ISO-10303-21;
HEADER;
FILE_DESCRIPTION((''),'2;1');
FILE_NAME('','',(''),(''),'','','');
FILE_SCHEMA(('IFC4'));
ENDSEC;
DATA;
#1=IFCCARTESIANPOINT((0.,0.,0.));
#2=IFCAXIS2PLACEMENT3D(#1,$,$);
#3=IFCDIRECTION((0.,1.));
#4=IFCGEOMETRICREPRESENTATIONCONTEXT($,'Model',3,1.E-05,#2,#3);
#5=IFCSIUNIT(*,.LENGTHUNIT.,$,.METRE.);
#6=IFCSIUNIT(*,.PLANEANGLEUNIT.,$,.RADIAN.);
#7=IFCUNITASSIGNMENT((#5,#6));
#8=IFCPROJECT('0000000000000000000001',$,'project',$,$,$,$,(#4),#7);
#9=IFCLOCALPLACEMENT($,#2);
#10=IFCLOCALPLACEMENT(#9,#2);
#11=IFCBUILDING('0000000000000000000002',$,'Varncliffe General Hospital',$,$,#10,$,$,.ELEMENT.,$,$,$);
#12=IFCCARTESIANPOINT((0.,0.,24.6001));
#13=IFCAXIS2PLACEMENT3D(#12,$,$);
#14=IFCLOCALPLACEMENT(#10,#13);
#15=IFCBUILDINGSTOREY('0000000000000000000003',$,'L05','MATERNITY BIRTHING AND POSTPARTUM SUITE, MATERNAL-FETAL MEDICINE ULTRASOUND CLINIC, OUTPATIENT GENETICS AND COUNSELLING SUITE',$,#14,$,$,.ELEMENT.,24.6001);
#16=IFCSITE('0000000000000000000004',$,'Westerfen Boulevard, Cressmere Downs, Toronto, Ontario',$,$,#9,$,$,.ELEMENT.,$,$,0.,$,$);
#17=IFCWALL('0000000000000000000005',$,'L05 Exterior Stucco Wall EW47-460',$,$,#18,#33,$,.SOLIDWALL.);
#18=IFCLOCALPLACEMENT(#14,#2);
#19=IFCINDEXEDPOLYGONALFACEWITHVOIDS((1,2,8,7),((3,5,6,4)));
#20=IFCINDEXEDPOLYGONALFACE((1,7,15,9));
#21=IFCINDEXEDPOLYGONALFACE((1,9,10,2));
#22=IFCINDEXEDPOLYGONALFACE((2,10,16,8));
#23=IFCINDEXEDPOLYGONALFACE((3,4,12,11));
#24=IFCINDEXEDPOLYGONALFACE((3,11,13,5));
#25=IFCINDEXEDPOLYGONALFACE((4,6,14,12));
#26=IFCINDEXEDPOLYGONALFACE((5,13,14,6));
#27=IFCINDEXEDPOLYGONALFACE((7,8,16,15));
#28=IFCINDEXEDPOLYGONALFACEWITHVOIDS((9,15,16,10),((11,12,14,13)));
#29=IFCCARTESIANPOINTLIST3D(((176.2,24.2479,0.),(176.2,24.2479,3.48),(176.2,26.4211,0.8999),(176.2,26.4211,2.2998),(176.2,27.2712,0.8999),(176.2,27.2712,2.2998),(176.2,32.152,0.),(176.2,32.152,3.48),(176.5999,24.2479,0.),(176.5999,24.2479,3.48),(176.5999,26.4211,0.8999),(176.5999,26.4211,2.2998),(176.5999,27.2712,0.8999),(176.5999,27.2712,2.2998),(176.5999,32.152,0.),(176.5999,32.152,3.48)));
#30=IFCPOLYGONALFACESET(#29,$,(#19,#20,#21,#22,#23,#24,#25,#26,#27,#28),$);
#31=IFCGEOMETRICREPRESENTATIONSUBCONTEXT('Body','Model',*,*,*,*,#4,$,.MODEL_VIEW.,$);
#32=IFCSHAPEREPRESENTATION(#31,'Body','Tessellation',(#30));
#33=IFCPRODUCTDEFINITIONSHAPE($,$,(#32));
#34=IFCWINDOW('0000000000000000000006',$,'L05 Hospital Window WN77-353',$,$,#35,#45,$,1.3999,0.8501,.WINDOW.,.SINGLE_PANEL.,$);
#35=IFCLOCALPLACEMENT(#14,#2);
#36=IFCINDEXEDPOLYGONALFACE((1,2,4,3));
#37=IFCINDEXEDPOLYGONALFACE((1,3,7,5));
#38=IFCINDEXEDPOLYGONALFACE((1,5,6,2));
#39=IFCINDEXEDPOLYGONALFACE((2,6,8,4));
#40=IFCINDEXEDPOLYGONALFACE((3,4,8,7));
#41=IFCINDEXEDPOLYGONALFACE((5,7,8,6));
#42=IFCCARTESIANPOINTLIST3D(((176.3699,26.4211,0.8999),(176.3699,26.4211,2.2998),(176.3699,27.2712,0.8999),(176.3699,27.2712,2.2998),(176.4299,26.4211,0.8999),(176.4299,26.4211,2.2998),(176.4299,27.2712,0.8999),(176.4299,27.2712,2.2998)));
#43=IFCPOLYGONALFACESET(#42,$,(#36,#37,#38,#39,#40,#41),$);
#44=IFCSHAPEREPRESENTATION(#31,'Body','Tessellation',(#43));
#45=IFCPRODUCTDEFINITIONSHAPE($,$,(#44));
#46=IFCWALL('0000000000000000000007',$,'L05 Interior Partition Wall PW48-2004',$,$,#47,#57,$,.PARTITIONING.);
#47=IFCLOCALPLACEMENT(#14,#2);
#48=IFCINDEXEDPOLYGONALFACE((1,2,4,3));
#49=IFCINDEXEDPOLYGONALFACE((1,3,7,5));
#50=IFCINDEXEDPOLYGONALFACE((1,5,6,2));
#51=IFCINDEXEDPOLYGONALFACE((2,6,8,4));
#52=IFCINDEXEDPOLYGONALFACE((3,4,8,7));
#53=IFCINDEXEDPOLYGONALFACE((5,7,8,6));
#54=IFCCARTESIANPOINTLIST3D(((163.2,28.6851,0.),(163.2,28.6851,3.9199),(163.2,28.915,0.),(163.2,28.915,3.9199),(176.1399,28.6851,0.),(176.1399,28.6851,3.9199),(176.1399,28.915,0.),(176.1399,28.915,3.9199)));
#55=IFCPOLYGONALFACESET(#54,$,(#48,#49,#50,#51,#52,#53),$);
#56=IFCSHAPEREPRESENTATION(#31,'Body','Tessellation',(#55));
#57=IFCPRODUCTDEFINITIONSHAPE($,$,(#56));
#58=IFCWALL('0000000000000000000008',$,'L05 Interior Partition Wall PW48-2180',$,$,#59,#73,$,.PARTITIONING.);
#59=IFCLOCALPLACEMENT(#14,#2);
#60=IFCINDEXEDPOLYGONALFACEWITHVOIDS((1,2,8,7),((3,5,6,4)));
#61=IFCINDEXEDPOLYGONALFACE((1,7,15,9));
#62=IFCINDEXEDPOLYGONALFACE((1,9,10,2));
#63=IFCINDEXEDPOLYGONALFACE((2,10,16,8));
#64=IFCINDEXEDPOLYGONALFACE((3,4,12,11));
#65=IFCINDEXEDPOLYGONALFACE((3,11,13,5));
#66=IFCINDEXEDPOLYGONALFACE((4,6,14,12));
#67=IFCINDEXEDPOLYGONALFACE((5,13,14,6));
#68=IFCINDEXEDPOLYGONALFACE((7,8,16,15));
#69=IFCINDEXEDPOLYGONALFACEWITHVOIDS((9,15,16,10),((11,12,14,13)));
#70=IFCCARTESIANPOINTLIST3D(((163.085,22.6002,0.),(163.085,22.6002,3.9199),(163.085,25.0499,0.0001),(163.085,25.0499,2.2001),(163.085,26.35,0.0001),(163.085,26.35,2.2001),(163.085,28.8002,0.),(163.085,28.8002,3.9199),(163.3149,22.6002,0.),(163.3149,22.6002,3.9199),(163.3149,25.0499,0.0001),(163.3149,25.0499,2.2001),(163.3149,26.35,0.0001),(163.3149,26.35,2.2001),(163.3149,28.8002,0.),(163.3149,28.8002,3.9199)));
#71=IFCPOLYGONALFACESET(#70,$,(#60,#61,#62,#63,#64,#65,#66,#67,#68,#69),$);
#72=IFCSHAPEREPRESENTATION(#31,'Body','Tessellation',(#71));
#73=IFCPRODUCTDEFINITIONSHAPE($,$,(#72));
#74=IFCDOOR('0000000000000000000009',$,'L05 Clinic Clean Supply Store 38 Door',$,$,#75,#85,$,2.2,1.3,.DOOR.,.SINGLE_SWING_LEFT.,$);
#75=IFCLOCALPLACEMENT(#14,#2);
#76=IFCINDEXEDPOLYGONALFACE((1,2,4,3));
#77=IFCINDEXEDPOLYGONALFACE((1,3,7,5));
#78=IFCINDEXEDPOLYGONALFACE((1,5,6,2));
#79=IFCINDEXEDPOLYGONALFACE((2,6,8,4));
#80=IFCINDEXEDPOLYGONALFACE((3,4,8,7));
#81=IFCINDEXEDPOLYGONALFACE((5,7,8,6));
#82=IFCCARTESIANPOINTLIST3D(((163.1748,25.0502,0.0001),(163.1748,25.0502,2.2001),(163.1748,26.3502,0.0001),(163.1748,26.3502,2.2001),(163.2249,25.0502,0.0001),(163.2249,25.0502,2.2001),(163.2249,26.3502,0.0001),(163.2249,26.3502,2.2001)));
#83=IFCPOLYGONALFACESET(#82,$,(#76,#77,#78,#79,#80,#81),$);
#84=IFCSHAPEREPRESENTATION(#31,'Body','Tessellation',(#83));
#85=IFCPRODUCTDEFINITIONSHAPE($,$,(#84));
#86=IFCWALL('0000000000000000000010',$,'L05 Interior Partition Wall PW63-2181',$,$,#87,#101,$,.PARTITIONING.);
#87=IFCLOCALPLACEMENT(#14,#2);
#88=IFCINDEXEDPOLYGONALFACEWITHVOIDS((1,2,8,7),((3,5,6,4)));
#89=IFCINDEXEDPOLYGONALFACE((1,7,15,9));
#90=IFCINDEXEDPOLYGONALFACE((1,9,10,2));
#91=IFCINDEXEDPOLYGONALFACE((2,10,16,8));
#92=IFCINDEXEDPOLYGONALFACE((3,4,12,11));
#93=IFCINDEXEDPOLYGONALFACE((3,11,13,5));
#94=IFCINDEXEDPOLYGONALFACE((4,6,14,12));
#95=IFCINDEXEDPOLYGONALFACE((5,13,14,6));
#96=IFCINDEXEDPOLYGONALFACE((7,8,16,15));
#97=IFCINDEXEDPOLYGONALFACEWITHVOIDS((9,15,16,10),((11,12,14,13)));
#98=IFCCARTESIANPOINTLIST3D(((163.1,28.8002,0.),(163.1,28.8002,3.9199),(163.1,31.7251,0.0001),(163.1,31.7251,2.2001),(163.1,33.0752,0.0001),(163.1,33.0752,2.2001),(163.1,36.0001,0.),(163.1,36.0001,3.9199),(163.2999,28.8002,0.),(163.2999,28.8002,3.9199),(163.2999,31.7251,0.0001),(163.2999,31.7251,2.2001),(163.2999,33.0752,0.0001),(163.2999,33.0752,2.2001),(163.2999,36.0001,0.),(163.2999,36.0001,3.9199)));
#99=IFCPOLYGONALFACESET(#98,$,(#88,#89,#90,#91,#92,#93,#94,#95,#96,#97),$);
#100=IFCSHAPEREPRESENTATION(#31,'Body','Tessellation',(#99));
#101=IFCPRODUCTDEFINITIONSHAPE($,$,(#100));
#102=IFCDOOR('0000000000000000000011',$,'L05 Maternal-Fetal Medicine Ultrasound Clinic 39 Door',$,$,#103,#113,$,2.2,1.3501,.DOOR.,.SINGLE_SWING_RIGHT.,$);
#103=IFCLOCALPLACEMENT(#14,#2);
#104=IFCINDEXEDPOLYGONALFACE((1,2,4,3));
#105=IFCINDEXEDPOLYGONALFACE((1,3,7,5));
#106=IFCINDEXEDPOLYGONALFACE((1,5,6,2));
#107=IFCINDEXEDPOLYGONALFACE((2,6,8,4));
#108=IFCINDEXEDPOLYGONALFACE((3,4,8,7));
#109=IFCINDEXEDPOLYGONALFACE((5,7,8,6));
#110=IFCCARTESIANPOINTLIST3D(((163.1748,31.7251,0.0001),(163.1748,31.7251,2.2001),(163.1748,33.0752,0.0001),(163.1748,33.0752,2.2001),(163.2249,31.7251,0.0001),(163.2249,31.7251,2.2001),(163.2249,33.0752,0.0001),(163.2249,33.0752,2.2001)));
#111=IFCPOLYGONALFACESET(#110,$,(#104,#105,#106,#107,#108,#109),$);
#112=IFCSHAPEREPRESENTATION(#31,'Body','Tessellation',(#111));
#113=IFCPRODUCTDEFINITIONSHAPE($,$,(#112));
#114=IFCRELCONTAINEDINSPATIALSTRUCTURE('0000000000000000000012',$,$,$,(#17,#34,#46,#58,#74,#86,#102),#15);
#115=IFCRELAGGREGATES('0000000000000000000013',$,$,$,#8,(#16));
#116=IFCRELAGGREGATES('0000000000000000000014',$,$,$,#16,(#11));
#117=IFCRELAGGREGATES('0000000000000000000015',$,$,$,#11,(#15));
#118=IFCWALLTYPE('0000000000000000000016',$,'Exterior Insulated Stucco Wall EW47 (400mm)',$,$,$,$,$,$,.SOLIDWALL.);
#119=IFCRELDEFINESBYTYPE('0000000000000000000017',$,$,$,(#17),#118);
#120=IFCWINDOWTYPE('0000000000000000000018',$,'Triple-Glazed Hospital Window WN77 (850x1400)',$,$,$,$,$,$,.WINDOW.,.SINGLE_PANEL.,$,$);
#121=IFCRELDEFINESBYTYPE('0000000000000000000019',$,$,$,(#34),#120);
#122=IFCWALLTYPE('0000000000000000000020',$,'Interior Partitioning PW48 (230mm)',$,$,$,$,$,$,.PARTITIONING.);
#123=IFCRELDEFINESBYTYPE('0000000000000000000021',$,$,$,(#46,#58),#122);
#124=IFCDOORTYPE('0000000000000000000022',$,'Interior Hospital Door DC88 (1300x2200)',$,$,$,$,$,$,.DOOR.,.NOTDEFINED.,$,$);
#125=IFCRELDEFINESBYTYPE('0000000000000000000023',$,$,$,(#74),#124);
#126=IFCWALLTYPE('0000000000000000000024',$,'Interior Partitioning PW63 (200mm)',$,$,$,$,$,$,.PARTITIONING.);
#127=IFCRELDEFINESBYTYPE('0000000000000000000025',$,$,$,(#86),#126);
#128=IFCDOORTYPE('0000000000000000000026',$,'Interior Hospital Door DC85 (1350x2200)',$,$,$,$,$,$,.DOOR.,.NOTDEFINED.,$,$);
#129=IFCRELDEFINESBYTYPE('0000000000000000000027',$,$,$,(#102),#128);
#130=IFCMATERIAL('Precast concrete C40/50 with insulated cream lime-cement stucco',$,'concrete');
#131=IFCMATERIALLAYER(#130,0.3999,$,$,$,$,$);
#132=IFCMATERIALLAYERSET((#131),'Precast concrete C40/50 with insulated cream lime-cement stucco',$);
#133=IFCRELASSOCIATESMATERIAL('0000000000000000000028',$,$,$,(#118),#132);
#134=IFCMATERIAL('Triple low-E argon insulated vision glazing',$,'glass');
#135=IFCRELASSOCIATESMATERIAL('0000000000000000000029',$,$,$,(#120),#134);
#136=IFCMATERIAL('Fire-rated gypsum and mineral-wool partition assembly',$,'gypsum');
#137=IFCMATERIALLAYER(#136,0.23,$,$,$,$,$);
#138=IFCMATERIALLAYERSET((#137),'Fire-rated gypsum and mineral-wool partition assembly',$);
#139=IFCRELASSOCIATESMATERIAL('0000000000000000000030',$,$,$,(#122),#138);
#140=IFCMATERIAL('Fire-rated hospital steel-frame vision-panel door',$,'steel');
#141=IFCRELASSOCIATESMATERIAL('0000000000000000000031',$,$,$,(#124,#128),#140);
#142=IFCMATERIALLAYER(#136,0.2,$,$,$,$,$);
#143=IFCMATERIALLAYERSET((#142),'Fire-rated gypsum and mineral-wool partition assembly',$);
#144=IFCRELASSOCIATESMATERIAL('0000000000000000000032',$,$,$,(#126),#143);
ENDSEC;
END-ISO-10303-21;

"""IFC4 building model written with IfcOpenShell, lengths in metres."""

from ifc_helpers import new_model, si_unit, direction, frame, frame_2d, origin, place, context, subcontext, project, spatial, rectangle, extrude, material, layer, layer_set, type_object, element, fill, save


model = new_model("IFC4")

# Units and contexts
model_context = context("Model", 3, precision=1e-05, world=origin(), true_north=direction((0.0, 1.0)))
body_context = subcontext(model_context, "Body", "Model", "MODEL_VIEW")
ifc_project = project(units=[si_unit("LENGTHUNIT", "METRE"), si_unit("PLANEANGLEUNIT", "RADIAN")], contexts=[model_context])

# Site, building, storey
site_placement = place(None, origin())
site = spatial("IfcSite", under=ifc_project, at=site_placement, Name="Westerfen Boulevard, Cressmere Downs, Toronto, Ontario", CompositionType="ELEMENT", RefElevation=0.0)
building_placement = place(site_placement, origin())
building = spatial("IfcBuilding", under=site, at=building_placement, Name="Varncliffe General Hospital", CompositionType="ELEMENT")
storey_placement = place(building_placement, frame((0.0, 0.0, 24.6001)))
storey = spatial("IfcBuildingStorey", under=building, at=storey_placement, Name="L05", Description="MATERNITY BIRTHING AND POSTPARTUM SUITE, MATERNAL-FETAL MEDICINE ULTRASOUND CLINIC, OUTPATIENT GENETICS AND COUNSELLING SUITE", CompositionType="ELEMENT", Elevation=24.6001)

# Wall, opening, window
ifc_material_1 = material(Name="Precast concrete C40/50 with insulated cream lime-cement stucco", Category="concrete")
ifc_material_2 = material(Name="Triple low-E argon insulated vision glazing", Category="glass")
ifc_layer_1 = layer(ifc_material_1, 0.3999)
ifc_layer_set_1 = layer_set([ifc_layer_1], Name="Precast concrete C40/50 with insulated cream lime-cement stucco")
wall_type_1 = type_object("IfcWallType", Name="Exterior Insulated Stucco Wall EW47 (400mm)", PredefinedType="SOLIDWALL", material=ifc_layer_set_1)
wall_1_placement = place(storey_placement, frame((176.3999, 32.1521, 0.0), z_axis=(0.0, 0.0, 1.0), x_axis=(0.0, -1.0, 0.0)))
wall_1 = element("IfcWall", 1, at=wall_1_placement, inside=storey, type_object=wall_type_1, Name="L05 Exterior Stucco Wall EW47-460", PredefinedType="SOLIDWALL", context=body_context, shape_type="SweptSolid", body=[
    extrude(rectangle(XDim=7.9041, YDim=0.3999, at=frame_2d((3.9521, 0.0))), origin(), (0.0, 0.0, 1.0), 3.48),
])
opening_1_placement = place(wall_1_placement, frame((4.8809, 0.0, 0.8999)))
opening_1 = element("IfcOpeningElement", 2, at=opening_1_placement, cuts=wall_1, PredefinedType="OPENING", context=body_context, shape_type="SweptSolid", body=[
    extrude(rectangle(XDim=0.8501, YDim=1.3999, at=frame_2d((0.425, 0.7))), frame((0.0, 0.21, 0.0), z_axis=(0.0, -1.0, 0.0), x_axis=(1.0, 0.0, 0.0)), (0.0, 0.0, 1.0), 0.4199),
])
window_type_1 = type_object("IfcWindowType", Name="Triple-Glazed Hospital Window WN77 (850x1400)", PartitioningType="SINGLE_PANEL", PredefinedType="WINDOW", material=ifc_material_2)
window_1_placement = place(opening_1_placement, origin())
window_1 = element("IfcWindow", 3, at=window_1_placement, inside=storey, type_object=window_type_1, Name="L05 Hospital Window WN77-353", OverallHeight=1.3999, OverallWidth=0.8501, PartitioningType="SINGLE_PANEL", PredefinedType="WINDOW", context=body_context, shape_type="SweptSolid", body=[
    extrude(rectangle(XDim=0.8501, YDim=1.3999, at=frame_2d((0.425, 0.7))), frame((0.0, 0.03, 0.0), z_axis=(0.0, -1.0, 0.0), x_axis=(1.0, 0.0, 0.0)), (0.0, 0.0, 1.0), 0.0601),
])
fill(opening_1, window_1)

# Wall
ifc_material_3 = material(Name="Fire-rated gypsum and mineral-wool partition assembly", Category="gypsum")
ifc_layer_2 = layer(ifc_material_3, 0.23)
ifc_layer_set_2 = layer_set([ifc_layer_2], Name="Fire-rated gypsum and mineral-wool partition assembly")
wall_type_2 = type_object("IfcWallType", Name="Interior Partitioning PW48 (230mm)", PredefinedType="PARTITIONING", material=ifc_layer_set_2)
wall_2_placement = place(storey_placement, frame((163.2, 28.8, 0.0), z_axis=(0.0, 0.0, 1.0), x_axis=(1.0, 0.0, 0.0)))
element("IfcWall", 4, at=wall_2_placement, inside=storey, type_object=wall_type_2, Name="L05 Interior Partition Wall PW48-2004", PredefinedType="PARTITIONING", context=body_context, shape_type="SweptSolid", body=[
    extrude(rectangle(XDim=12.9399, YDim=0.23, at=frame_2d((6.47, 0.0))), origin(), (0.0, 0.0, 1.0), 3.9199),
])

# Walls, openings, doors
wall_3_placement = place(storey_placement, frame((163.2, 22.6001, 0.0), z_axis=(0.0, 0.0, 1.0), x_axis=(0.0, 1.0, 0.0)))
wall_3 = element("IfcWall", 5, at=wall_3_placement, inside=storey, type_object=wall_type_2, Name="L05 Interior Partition Wall PW48-2180", PredefinedType="PARTITIONING", context=body_context, shape_type="SweptSolid", body=[
    extrude(rectangle(XDim=6.2, YDim=0.23, at=frame_2d((3.1001, 0.0))), origin(), (0.0, 0.0, 1.0), 3.9199),
])
opening_2_placement = place(wall_3_placement, frame((2.45, 0.0, 0.0)))
opening_2 = element("IfcOpeningElement", 6, at=opening_2_placement, cuts=wall_3, PredefinedType="OPENING", context=body_context, shape_type="SweptSolid", body=[
    extrude(rectangle(XDim=1.3, YDim=2.2, at=frame_2d((0.6499, 1.1001))), frame((0.0, 0.125, 0.0), z_axis=(0.0, -1.0, 0.0), x_axis=(1.0, 0.0, 0.0)), (0.0, 0.0, 1.0), 0.25),
])
ifc_material_4 = material(Name="Fire-rated hospital steel-frame vision-panel door", Category="steel")
door_type_1 = type_object("IfcDoorType", Name="Interior Hospital Door DC88 (1300x2200)", OperationType="NOTDEFINED", PredefinedType="DOOR", material=ifc_material_4)
door_1_placement = place(opening_2_placement, frame((1.3, 0.0, 0.0), z_axis=(0.0, 0.0, 1.0), x_axis=(-1.0, 0.0, 0.0)))
door_1 = element("IfcDoor", 7, at=door_1_placement, inside=storey, type_object=door_type_1, Name="L05 Clinic Clean Supply Store 38 Door", OperationType="SINGLE_SWING_LEFT", OverallHeight=2.2, OverallWidth=1.3, PredefinedType="DOOR", context=body_context, shape_type="SweptSolid", body=[
    extrude(rectangle(XDim=1.3, YDim=2.2, at=frame_2d((0.6499, 1.1001))), frame((0.0, 0.0249, 0.0), z_axis=(0.0, -1.0, 0.0), x_axis=(1.0, 0.0, 0.0)), (0.0, 0.0, 1.0), 0.05),
])
fill(opening_2, door_1)
ifc_layer_3 = layer(ifc_material_3, 0.2)
ifc_layer_set_3 = layer_set([ifc_layer_3], Name="Fire-rated gypsum and mineral-wool partition assembly")
wall_type_3 = type_object("IfcWallType", Name="Interior Partitioning PW63 (200mm)", PredefinedType="PARTITIONING", material=ifc_layer_set_3)
wall_4_placement = place(storey_placement, frame((163.2, 28.8, 0.0), z_axis=(0.0, 0.0, 1.0), x_axis=(0.0, 1.0, 0.0)))
wall_4 = element("IfcWall", 8, at=wall_4_placement, inside=storey, type_object=wall_type_3, Name="L05 Interior Partition Wall PW63-2181", PredefinedType="PARTITIONING", context=body_context, shape_type="SweptSolid", body=[
    extrude(rectangle(XDim=7.2, YDim=0.2, at=frame_2d((3.6001, 0.0))), origin(), (0.0, 0.0, 1.0), 3.9199),
])
opening_3_placement = place(wall_4_placement, frame((2.925, 0.0, 0.0)))
opening_3 = element("IfcOpeningElement", 9, at=opening_3_placement, cuts=wall_4, PredefinedType="OPENING", context=body_context, shape_type="SweptSolid", body=[
    extrude(rectangle(XDim=1.3501, YDim=2.2, at=frame_2d((0.675, 1.1001))), frame((0.0, 0.1099, 0.0), z_axis=(0.0, -1.0, 0.0), x_axis=(1.0, 0.0, 0.0)), (0.0, 0.0, 1.0), 0.22),
])
door_type_2 = type_object("IfcDoorType", Name="Interior Hospital Door DC85 (1350x2200)", OperationType="NOTDEFINED", PredefinedType="DOOR", material=ifc_material_4)
door_2_placement = place(opening_3_placement, frame((1.3501, 0.0, 0.0), z_axis=(0.0, 0.0, 1.0), x_axis=(-1.0, 0.0, 0.0)))
door_2 = element("IfcDoor", 10, at=door_2_placement, inside=storey, type_object=door_type_2, Name="L05 Maternal-Fetal Medicine Ultrasound Clinic 39 Door", OperationType="SINGLE_SWING_RIGHT", OverallHeight=2.2, OverallWidth=1.3501, PredefinedType="DOOR", context=body_context, shape_type="SweptSolid", body=[
    extrude(rectangle(XDim=1.3501, YDim=2.2, at=frame_2d((0.675, 1.1001))), frame((0.0, 0.0249, 0.0), z_axis=(0.0, -1.0, 0.0), x_axis=(1.0, 0.0, 0.0)), (0.0, 0.0, 1.0), 0.05),
])
fill(opening_3, door_2)

save(model, "model.ifc")
